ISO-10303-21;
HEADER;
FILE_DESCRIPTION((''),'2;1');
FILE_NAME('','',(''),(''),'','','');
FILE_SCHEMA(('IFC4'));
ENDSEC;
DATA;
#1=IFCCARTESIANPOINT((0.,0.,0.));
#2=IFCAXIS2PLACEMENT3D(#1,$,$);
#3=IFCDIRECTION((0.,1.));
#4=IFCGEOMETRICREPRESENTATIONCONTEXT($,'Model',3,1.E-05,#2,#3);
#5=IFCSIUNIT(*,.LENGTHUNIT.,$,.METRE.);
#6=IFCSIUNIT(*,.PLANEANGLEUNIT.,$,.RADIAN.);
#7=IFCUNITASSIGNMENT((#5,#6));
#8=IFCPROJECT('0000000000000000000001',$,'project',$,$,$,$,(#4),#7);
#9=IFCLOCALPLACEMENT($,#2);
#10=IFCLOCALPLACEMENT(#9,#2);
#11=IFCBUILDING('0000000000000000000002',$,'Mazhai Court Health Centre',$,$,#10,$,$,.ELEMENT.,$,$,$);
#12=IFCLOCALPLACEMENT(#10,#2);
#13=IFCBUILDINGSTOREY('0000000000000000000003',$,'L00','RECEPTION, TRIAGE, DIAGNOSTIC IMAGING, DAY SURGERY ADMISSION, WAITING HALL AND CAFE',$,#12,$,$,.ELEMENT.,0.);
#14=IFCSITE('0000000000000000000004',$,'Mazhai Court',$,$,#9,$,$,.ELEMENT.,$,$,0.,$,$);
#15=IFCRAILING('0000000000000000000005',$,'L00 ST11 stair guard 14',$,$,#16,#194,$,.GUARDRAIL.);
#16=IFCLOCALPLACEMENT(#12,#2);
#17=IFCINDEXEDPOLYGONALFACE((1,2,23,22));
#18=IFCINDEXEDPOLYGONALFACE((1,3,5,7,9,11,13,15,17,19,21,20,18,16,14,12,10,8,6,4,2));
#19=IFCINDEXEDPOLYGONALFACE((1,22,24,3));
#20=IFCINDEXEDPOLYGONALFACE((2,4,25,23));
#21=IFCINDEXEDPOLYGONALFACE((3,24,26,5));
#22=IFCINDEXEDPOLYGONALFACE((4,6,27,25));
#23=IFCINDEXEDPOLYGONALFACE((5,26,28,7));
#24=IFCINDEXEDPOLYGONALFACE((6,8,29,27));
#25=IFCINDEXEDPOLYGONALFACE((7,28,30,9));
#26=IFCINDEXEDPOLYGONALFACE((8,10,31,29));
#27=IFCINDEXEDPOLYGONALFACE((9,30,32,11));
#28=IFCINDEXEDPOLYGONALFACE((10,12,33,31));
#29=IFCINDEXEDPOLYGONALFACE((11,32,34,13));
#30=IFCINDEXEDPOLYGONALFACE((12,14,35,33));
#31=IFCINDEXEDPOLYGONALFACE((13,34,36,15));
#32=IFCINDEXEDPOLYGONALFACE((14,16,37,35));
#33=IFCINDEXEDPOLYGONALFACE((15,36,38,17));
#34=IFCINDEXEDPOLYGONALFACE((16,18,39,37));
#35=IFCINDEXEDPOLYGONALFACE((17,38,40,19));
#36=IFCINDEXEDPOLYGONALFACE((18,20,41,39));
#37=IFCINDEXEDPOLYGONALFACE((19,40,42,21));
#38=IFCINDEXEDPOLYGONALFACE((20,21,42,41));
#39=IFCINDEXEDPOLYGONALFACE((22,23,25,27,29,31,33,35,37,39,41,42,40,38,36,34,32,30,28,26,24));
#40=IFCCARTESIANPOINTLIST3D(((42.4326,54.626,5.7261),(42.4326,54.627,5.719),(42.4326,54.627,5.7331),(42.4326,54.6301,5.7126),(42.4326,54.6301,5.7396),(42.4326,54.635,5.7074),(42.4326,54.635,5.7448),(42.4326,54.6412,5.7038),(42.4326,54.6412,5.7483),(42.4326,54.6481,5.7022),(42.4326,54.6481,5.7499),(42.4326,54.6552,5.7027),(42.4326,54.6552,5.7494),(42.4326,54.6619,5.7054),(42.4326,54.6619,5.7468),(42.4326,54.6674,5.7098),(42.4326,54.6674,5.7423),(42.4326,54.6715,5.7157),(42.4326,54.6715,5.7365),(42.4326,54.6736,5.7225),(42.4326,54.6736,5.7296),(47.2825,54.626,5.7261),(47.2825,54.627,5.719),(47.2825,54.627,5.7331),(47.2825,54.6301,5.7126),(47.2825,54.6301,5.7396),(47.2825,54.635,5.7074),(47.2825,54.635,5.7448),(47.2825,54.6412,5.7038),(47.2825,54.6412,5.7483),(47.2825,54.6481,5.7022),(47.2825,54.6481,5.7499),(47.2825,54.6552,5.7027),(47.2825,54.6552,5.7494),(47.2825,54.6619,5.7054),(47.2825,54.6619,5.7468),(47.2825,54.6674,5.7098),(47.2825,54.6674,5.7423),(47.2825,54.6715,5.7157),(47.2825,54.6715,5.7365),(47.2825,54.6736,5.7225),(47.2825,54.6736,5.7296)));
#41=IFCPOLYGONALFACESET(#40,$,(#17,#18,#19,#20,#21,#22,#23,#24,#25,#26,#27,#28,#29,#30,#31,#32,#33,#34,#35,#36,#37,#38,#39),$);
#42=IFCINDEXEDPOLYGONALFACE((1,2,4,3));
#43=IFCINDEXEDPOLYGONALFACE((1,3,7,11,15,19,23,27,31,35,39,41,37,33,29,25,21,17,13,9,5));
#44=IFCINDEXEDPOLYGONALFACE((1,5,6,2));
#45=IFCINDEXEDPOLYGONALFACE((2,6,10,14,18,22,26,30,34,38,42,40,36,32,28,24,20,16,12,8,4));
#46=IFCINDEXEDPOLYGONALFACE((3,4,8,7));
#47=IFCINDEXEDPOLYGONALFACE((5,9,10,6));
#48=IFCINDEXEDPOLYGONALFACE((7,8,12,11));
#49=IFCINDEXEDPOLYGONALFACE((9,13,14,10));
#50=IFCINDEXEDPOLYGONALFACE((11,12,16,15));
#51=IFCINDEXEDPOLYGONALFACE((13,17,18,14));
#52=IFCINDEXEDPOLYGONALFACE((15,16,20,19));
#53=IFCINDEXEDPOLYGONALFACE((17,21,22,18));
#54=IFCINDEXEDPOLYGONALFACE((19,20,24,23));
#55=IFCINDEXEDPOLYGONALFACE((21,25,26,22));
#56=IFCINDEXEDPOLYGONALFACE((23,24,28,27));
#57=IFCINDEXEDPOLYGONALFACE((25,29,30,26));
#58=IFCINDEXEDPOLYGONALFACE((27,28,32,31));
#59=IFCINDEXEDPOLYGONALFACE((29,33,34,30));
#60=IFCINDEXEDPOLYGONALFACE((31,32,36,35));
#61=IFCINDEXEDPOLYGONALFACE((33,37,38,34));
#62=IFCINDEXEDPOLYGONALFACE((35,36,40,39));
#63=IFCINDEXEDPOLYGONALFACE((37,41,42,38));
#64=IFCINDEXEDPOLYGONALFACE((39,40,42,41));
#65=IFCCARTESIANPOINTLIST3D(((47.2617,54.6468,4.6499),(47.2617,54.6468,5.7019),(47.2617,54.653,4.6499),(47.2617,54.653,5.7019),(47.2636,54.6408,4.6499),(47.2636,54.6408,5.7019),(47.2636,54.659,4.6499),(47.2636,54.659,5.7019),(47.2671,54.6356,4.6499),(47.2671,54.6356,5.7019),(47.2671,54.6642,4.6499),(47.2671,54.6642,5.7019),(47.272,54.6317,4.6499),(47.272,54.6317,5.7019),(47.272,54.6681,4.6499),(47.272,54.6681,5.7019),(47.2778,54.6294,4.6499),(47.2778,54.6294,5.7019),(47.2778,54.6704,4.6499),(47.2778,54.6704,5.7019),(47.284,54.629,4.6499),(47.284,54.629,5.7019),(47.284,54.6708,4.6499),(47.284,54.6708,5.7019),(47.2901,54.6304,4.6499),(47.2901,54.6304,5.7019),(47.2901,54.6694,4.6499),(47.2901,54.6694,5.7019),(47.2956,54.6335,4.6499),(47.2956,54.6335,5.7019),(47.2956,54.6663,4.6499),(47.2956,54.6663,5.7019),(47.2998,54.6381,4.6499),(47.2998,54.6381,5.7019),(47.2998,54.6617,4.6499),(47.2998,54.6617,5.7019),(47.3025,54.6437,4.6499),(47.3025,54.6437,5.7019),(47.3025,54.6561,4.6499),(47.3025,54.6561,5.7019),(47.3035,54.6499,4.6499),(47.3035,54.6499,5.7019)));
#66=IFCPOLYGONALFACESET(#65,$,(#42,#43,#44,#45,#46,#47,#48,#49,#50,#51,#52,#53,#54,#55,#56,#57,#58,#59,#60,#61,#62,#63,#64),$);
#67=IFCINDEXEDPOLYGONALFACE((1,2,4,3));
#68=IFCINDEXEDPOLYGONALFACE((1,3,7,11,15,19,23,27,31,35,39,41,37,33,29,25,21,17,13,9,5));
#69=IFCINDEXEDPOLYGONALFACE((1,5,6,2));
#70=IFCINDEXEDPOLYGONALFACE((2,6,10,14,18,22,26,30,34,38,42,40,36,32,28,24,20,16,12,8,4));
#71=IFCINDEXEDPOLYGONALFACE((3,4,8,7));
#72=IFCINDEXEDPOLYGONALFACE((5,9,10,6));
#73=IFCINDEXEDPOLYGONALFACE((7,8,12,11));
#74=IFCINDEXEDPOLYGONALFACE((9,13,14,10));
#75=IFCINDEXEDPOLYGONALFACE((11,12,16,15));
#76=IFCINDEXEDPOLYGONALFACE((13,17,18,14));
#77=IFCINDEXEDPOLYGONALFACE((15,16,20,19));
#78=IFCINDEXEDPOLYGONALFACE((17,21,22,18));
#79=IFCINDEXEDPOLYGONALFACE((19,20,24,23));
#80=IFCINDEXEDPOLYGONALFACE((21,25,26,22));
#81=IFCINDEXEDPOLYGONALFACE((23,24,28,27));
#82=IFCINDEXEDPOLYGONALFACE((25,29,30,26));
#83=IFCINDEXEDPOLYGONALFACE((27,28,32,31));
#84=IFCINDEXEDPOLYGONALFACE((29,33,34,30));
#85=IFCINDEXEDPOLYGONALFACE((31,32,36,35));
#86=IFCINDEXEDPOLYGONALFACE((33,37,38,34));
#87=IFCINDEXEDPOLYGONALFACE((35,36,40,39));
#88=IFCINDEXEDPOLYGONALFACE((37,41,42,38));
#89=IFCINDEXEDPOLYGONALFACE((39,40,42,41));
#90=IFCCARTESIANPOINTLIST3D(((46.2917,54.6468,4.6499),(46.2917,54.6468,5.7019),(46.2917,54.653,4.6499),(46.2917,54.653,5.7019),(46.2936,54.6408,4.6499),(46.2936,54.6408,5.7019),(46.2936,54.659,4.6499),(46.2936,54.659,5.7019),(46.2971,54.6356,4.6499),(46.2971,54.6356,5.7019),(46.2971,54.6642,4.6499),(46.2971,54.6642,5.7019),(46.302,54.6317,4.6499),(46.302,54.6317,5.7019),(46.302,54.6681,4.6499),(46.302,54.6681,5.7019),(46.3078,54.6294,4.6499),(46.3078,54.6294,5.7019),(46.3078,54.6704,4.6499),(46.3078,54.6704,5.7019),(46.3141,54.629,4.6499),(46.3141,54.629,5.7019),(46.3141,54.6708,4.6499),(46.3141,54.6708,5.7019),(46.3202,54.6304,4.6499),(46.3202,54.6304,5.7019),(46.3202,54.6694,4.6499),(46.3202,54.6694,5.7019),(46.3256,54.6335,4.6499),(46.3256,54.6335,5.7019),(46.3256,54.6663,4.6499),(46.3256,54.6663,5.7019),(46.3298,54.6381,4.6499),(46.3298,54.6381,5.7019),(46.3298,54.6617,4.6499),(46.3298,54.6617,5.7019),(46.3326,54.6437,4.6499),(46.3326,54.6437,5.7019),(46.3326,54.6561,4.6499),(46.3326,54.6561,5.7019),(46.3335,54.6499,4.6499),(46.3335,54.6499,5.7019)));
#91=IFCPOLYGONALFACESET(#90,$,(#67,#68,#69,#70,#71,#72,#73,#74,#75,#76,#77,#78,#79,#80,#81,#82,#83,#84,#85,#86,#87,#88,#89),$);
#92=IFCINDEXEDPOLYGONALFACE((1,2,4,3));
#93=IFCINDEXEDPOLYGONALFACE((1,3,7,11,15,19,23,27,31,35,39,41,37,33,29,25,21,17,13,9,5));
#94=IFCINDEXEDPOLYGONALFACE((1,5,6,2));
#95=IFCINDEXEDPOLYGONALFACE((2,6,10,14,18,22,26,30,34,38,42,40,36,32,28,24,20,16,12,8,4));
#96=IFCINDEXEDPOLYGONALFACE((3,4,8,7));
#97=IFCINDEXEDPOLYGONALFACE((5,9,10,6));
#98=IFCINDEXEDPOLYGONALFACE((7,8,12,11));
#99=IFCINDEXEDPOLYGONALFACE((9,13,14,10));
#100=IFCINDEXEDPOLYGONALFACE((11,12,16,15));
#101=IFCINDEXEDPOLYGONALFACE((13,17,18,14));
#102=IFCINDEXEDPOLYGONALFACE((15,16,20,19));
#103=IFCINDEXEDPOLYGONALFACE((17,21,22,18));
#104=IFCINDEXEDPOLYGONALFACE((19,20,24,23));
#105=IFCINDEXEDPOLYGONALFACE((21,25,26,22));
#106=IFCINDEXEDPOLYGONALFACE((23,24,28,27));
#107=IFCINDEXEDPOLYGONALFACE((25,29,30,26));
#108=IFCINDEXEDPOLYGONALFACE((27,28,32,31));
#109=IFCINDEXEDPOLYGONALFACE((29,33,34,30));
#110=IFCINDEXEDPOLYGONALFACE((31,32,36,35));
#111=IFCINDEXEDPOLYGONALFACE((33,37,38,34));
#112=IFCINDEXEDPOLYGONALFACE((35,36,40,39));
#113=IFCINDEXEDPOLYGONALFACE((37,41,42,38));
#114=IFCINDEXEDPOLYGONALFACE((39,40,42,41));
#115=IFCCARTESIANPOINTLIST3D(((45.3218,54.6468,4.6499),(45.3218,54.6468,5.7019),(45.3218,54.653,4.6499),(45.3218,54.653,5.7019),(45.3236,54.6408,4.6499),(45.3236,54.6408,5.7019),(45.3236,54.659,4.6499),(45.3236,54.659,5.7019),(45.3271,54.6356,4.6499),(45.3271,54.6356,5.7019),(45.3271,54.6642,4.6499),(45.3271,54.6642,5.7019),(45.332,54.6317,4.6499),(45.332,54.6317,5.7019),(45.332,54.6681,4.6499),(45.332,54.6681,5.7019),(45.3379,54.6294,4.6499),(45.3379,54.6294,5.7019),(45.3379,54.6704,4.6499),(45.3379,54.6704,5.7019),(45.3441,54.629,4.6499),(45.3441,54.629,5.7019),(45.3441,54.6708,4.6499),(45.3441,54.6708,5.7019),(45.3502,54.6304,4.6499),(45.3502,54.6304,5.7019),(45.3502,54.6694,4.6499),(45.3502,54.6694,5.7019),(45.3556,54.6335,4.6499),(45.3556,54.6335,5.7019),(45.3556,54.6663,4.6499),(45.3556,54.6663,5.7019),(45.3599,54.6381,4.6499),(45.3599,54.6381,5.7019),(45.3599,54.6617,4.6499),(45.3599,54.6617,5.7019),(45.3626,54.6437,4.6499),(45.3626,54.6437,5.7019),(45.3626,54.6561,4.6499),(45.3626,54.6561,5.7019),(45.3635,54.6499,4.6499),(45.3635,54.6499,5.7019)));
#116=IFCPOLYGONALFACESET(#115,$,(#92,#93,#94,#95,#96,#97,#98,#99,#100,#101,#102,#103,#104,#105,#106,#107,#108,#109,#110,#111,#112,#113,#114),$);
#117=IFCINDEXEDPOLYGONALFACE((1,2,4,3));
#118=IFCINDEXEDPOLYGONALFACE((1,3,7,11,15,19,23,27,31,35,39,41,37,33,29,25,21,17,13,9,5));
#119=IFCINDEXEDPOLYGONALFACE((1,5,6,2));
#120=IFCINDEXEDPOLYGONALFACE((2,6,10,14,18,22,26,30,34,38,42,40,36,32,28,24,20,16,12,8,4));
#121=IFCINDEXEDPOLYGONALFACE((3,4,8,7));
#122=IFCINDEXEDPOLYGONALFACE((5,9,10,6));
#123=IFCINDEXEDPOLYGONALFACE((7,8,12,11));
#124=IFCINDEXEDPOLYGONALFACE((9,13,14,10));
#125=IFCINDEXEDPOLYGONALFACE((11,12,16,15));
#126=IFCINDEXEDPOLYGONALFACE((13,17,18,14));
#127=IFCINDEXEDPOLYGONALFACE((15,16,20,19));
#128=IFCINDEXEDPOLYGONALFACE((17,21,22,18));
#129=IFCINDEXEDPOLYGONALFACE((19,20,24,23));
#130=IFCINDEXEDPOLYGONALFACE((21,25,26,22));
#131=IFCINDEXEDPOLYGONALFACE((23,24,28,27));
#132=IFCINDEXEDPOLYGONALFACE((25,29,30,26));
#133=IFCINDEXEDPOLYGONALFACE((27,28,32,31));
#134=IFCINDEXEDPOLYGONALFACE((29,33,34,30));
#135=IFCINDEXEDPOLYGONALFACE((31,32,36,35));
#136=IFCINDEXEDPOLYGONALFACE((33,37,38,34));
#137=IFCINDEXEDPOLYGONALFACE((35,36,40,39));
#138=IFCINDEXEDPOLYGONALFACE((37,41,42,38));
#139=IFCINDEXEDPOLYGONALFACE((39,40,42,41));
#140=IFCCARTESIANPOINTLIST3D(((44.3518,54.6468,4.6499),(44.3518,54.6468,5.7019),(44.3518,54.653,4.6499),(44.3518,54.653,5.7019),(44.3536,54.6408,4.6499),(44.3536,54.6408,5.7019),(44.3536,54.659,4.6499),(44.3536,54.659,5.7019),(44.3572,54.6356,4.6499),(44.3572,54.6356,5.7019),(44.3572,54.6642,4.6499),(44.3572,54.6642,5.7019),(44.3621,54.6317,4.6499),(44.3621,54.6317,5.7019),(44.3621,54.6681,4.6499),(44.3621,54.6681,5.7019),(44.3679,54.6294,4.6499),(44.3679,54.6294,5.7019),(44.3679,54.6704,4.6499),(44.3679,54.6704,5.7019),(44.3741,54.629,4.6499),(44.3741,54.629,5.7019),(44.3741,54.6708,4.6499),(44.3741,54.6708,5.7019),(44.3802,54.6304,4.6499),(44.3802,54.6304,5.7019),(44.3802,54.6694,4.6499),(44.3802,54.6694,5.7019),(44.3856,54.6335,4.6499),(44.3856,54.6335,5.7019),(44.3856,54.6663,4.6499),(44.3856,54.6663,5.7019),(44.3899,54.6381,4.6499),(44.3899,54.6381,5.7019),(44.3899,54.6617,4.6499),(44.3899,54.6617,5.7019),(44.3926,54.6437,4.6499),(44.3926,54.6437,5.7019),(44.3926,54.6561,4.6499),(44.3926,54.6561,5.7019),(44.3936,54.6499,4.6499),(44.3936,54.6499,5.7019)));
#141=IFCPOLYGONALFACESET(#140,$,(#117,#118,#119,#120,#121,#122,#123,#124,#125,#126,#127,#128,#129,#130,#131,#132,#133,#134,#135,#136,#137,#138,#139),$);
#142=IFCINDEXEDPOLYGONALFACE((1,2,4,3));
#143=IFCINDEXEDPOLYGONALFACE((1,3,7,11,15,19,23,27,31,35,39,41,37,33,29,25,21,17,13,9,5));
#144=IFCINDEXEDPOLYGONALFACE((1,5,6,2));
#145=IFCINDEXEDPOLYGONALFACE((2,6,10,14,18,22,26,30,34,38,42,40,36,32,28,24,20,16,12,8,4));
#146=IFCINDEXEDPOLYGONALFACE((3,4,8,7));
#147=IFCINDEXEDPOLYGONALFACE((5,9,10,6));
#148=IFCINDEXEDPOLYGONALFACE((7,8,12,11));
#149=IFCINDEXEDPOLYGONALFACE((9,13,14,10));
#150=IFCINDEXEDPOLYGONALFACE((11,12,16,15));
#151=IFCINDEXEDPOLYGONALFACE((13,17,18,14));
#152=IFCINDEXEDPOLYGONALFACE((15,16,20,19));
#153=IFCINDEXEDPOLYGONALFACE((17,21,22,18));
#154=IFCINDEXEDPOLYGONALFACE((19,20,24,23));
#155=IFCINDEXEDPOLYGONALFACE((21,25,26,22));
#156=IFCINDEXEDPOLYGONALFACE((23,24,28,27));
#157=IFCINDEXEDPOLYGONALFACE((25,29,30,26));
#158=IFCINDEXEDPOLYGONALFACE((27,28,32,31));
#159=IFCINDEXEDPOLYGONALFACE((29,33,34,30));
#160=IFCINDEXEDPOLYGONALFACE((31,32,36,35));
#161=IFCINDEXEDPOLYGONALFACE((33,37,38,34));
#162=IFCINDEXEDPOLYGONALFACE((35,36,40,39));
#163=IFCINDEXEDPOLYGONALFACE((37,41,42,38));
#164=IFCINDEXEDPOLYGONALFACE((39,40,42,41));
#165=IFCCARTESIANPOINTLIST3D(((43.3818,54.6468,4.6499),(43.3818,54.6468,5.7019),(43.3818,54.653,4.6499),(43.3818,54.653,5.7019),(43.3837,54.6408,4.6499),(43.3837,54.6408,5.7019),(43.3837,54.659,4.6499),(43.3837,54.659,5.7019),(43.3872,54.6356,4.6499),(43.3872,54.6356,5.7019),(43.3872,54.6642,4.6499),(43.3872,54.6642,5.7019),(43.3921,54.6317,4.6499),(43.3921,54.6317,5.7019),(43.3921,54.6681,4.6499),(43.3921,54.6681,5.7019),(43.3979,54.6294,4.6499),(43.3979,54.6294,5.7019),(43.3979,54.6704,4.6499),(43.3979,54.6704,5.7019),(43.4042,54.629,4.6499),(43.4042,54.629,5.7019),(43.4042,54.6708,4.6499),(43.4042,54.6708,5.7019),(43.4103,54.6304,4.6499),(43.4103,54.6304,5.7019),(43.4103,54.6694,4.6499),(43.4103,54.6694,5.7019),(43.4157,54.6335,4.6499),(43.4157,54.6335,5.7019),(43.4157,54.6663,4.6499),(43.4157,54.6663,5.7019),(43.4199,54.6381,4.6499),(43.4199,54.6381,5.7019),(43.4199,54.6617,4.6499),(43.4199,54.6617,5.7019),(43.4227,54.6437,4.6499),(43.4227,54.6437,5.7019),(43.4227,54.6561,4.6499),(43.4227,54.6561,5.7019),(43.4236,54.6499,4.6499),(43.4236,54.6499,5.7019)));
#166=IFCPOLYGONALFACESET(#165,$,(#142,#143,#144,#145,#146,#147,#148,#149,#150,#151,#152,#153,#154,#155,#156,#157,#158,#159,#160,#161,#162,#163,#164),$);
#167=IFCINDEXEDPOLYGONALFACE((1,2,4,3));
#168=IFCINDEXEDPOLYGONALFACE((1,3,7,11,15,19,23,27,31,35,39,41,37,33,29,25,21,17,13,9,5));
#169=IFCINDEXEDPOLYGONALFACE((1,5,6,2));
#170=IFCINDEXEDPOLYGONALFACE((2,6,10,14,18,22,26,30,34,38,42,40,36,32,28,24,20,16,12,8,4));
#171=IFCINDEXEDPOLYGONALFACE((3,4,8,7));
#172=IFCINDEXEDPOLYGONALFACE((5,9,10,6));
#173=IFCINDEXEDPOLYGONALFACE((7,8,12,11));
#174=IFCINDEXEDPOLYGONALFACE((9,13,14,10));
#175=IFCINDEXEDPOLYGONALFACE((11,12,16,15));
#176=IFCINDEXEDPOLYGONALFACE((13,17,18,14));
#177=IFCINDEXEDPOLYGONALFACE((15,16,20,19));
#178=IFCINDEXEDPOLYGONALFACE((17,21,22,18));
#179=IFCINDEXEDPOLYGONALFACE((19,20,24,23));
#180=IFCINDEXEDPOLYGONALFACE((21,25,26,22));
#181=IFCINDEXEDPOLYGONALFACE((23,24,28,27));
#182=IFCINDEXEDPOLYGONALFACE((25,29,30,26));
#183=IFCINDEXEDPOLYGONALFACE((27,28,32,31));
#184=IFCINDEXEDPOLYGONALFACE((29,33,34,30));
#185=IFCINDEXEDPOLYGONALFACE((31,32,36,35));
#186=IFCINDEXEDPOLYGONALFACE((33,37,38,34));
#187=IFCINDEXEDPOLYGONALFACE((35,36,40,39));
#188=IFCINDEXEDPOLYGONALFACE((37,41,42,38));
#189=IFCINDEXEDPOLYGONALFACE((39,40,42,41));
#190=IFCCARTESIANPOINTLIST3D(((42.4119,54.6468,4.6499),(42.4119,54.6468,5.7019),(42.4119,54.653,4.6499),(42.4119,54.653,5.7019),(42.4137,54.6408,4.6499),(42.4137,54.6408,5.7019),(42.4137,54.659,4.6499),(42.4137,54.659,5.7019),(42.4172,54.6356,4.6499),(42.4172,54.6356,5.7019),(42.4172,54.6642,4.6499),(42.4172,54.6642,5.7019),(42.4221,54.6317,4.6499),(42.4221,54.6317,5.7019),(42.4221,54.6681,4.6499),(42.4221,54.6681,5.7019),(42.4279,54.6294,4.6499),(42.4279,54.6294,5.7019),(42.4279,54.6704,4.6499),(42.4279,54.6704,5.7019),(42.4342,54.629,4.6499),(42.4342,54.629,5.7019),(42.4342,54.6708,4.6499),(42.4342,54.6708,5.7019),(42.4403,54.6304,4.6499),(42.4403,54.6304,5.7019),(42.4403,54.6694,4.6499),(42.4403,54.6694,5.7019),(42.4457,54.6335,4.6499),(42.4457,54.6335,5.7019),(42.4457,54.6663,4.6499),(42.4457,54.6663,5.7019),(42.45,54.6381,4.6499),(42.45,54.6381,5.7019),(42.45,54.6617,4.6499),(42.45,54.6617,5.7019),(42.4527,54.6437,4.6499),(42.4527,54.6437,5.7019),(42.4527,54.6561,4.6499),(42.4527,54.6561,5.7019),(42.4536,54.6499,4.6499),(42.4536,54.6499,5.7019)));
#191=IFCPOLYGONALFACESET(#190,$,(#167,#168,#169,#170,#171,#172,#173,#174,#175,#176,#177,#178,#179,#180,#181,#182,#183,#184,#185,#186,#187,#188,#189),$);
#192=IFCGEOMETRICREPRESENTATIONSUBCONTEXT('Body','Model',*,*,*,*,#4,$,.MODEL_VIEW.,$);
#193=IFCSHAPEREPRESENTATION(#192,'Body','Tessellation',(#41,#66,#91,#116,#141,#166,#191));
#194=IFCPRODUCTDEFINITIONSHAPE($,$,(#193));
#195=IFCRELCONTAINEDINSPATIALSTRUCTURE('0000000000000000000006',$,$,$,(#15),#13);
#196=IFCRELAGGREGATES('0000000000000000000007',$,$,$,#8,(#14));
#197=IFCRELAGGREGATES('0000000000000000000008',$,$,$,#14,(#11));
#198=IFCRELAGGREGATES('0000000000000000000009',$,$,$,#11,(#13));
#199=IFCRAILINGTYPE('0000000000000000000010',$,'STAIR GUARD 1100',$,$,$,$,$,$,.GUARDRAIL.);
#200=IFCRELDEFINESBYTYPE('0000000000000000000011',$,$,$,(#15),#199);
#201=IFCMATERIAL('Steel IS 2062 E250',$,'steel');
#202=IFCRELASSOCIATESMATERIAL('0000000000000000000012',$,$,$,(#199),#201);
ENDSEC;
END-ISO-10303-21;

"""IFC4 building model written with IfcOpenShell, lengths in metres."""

from ifc_helpers import new_model, si_unit, direction, frame, origin, origin_2d, place, context, subcontext, project, spatial, circle, extrude, material, type_object, element, save


model = new_model("IFC4")

# Units and contexts
model_context = context("Model", 3, precision=1e-05, world=origin(), true_north=direction((0.0, 1.0)))
body_context = subcontext(model_context, "Body", "Model", "MODEL_VIEW")
ifc_project = project(units=[si_unit("LENGTHUNIT", "METRE"), si_unit("PLANEANGLEUNIT", "RADIAN")], contexts=[model_context])

# Site, building, storey
site_placement = place(None, origin())
site = spatial("IfcSite", under=ifc_project, at=site_placement, Name="Mazhai Court", CompositionType="ELEMENT", RefElevation=0.0)
building_placement = place(site_placement, origin())
building = spatial("IfcBuilding", under=site, at=building_placement, Name="Mazhai Court Health Centre", CompositionType="ELEMENT")
storey_placement = place(building_placement, origin())
storey = spatial("IfcBuildingStorey", under=building, at=storey_placement, Name="L00", Description="RECEPTION, TRIAGE, DIAGNOSTIC IMAGING, DAY SURGERY ADMISSION, WAITING HALL AND CAFE", CompositionType="ELEMENT", Elevation=0.0)

# Railing
ifc_material_1 = material(Name="Steel IS 2062 E250", Category="steel")
railing_type_1 = type_object("IfcRailingType", Name="STAIR GUARD 1100", PredefinedType="GUARDRAIL", material=ifc_material_1)
railing_1_placement = place(storey_placement, frame((47.2825, 54.6499, 4.6499)))
element("IfcRailing", 1, at=railing_1_placement, inside=storey, type_object=railing_type_1, Name="L00 ST11 stair guard 14", PredefinedType="GUARDRAIL", context=body_context, shape_type="SweptSolid", body=[
    extrude(circle(Radius=0.0239, at=origin_2d()), frame((0.0, 0.0, 1.0762), z_axis=(-1.0, 0.0, 0.0), x_axis=(0.0, -1.0, 0.0)), (0.0, 0.0, 1.0), 4.8499),
    extrude(circle(Radius=0.021, at=origin_2d()), origin(), (0.0, 0.0, 1.0), 1.052),
    extrude(circle(Radius=0.021, at=origin_2d()), frame((-0.97, 0.0, 0.0)), (0.0, 0.0, 1.0), 1.052),
    extrude(circle(Radius=0.021, at=origin_2d()), frame((-1.9399, 0.0, 0.0)), (0.0, 0.0, 1.0), 1.052),
    extrude(circle(Radius=0.021, at=origin_2d()), frame((-2.9099, 0.0, 0.0)), (0.0, 0.0, 1.0), 1.052),
    extrude(circle(Radius=0.021, at=origin_2d()), frame((-3.8799, 0.0, 0.0)), (0.0, 0.0, 1.0), 1.052),
    extrude(circle(Radius=0.021, at=origin_2d()), frame((-4.8499, 0.0, 0.0)), (0.0, 0.0, 1.0), 1.052),
])

save(model, "model.ifc")
